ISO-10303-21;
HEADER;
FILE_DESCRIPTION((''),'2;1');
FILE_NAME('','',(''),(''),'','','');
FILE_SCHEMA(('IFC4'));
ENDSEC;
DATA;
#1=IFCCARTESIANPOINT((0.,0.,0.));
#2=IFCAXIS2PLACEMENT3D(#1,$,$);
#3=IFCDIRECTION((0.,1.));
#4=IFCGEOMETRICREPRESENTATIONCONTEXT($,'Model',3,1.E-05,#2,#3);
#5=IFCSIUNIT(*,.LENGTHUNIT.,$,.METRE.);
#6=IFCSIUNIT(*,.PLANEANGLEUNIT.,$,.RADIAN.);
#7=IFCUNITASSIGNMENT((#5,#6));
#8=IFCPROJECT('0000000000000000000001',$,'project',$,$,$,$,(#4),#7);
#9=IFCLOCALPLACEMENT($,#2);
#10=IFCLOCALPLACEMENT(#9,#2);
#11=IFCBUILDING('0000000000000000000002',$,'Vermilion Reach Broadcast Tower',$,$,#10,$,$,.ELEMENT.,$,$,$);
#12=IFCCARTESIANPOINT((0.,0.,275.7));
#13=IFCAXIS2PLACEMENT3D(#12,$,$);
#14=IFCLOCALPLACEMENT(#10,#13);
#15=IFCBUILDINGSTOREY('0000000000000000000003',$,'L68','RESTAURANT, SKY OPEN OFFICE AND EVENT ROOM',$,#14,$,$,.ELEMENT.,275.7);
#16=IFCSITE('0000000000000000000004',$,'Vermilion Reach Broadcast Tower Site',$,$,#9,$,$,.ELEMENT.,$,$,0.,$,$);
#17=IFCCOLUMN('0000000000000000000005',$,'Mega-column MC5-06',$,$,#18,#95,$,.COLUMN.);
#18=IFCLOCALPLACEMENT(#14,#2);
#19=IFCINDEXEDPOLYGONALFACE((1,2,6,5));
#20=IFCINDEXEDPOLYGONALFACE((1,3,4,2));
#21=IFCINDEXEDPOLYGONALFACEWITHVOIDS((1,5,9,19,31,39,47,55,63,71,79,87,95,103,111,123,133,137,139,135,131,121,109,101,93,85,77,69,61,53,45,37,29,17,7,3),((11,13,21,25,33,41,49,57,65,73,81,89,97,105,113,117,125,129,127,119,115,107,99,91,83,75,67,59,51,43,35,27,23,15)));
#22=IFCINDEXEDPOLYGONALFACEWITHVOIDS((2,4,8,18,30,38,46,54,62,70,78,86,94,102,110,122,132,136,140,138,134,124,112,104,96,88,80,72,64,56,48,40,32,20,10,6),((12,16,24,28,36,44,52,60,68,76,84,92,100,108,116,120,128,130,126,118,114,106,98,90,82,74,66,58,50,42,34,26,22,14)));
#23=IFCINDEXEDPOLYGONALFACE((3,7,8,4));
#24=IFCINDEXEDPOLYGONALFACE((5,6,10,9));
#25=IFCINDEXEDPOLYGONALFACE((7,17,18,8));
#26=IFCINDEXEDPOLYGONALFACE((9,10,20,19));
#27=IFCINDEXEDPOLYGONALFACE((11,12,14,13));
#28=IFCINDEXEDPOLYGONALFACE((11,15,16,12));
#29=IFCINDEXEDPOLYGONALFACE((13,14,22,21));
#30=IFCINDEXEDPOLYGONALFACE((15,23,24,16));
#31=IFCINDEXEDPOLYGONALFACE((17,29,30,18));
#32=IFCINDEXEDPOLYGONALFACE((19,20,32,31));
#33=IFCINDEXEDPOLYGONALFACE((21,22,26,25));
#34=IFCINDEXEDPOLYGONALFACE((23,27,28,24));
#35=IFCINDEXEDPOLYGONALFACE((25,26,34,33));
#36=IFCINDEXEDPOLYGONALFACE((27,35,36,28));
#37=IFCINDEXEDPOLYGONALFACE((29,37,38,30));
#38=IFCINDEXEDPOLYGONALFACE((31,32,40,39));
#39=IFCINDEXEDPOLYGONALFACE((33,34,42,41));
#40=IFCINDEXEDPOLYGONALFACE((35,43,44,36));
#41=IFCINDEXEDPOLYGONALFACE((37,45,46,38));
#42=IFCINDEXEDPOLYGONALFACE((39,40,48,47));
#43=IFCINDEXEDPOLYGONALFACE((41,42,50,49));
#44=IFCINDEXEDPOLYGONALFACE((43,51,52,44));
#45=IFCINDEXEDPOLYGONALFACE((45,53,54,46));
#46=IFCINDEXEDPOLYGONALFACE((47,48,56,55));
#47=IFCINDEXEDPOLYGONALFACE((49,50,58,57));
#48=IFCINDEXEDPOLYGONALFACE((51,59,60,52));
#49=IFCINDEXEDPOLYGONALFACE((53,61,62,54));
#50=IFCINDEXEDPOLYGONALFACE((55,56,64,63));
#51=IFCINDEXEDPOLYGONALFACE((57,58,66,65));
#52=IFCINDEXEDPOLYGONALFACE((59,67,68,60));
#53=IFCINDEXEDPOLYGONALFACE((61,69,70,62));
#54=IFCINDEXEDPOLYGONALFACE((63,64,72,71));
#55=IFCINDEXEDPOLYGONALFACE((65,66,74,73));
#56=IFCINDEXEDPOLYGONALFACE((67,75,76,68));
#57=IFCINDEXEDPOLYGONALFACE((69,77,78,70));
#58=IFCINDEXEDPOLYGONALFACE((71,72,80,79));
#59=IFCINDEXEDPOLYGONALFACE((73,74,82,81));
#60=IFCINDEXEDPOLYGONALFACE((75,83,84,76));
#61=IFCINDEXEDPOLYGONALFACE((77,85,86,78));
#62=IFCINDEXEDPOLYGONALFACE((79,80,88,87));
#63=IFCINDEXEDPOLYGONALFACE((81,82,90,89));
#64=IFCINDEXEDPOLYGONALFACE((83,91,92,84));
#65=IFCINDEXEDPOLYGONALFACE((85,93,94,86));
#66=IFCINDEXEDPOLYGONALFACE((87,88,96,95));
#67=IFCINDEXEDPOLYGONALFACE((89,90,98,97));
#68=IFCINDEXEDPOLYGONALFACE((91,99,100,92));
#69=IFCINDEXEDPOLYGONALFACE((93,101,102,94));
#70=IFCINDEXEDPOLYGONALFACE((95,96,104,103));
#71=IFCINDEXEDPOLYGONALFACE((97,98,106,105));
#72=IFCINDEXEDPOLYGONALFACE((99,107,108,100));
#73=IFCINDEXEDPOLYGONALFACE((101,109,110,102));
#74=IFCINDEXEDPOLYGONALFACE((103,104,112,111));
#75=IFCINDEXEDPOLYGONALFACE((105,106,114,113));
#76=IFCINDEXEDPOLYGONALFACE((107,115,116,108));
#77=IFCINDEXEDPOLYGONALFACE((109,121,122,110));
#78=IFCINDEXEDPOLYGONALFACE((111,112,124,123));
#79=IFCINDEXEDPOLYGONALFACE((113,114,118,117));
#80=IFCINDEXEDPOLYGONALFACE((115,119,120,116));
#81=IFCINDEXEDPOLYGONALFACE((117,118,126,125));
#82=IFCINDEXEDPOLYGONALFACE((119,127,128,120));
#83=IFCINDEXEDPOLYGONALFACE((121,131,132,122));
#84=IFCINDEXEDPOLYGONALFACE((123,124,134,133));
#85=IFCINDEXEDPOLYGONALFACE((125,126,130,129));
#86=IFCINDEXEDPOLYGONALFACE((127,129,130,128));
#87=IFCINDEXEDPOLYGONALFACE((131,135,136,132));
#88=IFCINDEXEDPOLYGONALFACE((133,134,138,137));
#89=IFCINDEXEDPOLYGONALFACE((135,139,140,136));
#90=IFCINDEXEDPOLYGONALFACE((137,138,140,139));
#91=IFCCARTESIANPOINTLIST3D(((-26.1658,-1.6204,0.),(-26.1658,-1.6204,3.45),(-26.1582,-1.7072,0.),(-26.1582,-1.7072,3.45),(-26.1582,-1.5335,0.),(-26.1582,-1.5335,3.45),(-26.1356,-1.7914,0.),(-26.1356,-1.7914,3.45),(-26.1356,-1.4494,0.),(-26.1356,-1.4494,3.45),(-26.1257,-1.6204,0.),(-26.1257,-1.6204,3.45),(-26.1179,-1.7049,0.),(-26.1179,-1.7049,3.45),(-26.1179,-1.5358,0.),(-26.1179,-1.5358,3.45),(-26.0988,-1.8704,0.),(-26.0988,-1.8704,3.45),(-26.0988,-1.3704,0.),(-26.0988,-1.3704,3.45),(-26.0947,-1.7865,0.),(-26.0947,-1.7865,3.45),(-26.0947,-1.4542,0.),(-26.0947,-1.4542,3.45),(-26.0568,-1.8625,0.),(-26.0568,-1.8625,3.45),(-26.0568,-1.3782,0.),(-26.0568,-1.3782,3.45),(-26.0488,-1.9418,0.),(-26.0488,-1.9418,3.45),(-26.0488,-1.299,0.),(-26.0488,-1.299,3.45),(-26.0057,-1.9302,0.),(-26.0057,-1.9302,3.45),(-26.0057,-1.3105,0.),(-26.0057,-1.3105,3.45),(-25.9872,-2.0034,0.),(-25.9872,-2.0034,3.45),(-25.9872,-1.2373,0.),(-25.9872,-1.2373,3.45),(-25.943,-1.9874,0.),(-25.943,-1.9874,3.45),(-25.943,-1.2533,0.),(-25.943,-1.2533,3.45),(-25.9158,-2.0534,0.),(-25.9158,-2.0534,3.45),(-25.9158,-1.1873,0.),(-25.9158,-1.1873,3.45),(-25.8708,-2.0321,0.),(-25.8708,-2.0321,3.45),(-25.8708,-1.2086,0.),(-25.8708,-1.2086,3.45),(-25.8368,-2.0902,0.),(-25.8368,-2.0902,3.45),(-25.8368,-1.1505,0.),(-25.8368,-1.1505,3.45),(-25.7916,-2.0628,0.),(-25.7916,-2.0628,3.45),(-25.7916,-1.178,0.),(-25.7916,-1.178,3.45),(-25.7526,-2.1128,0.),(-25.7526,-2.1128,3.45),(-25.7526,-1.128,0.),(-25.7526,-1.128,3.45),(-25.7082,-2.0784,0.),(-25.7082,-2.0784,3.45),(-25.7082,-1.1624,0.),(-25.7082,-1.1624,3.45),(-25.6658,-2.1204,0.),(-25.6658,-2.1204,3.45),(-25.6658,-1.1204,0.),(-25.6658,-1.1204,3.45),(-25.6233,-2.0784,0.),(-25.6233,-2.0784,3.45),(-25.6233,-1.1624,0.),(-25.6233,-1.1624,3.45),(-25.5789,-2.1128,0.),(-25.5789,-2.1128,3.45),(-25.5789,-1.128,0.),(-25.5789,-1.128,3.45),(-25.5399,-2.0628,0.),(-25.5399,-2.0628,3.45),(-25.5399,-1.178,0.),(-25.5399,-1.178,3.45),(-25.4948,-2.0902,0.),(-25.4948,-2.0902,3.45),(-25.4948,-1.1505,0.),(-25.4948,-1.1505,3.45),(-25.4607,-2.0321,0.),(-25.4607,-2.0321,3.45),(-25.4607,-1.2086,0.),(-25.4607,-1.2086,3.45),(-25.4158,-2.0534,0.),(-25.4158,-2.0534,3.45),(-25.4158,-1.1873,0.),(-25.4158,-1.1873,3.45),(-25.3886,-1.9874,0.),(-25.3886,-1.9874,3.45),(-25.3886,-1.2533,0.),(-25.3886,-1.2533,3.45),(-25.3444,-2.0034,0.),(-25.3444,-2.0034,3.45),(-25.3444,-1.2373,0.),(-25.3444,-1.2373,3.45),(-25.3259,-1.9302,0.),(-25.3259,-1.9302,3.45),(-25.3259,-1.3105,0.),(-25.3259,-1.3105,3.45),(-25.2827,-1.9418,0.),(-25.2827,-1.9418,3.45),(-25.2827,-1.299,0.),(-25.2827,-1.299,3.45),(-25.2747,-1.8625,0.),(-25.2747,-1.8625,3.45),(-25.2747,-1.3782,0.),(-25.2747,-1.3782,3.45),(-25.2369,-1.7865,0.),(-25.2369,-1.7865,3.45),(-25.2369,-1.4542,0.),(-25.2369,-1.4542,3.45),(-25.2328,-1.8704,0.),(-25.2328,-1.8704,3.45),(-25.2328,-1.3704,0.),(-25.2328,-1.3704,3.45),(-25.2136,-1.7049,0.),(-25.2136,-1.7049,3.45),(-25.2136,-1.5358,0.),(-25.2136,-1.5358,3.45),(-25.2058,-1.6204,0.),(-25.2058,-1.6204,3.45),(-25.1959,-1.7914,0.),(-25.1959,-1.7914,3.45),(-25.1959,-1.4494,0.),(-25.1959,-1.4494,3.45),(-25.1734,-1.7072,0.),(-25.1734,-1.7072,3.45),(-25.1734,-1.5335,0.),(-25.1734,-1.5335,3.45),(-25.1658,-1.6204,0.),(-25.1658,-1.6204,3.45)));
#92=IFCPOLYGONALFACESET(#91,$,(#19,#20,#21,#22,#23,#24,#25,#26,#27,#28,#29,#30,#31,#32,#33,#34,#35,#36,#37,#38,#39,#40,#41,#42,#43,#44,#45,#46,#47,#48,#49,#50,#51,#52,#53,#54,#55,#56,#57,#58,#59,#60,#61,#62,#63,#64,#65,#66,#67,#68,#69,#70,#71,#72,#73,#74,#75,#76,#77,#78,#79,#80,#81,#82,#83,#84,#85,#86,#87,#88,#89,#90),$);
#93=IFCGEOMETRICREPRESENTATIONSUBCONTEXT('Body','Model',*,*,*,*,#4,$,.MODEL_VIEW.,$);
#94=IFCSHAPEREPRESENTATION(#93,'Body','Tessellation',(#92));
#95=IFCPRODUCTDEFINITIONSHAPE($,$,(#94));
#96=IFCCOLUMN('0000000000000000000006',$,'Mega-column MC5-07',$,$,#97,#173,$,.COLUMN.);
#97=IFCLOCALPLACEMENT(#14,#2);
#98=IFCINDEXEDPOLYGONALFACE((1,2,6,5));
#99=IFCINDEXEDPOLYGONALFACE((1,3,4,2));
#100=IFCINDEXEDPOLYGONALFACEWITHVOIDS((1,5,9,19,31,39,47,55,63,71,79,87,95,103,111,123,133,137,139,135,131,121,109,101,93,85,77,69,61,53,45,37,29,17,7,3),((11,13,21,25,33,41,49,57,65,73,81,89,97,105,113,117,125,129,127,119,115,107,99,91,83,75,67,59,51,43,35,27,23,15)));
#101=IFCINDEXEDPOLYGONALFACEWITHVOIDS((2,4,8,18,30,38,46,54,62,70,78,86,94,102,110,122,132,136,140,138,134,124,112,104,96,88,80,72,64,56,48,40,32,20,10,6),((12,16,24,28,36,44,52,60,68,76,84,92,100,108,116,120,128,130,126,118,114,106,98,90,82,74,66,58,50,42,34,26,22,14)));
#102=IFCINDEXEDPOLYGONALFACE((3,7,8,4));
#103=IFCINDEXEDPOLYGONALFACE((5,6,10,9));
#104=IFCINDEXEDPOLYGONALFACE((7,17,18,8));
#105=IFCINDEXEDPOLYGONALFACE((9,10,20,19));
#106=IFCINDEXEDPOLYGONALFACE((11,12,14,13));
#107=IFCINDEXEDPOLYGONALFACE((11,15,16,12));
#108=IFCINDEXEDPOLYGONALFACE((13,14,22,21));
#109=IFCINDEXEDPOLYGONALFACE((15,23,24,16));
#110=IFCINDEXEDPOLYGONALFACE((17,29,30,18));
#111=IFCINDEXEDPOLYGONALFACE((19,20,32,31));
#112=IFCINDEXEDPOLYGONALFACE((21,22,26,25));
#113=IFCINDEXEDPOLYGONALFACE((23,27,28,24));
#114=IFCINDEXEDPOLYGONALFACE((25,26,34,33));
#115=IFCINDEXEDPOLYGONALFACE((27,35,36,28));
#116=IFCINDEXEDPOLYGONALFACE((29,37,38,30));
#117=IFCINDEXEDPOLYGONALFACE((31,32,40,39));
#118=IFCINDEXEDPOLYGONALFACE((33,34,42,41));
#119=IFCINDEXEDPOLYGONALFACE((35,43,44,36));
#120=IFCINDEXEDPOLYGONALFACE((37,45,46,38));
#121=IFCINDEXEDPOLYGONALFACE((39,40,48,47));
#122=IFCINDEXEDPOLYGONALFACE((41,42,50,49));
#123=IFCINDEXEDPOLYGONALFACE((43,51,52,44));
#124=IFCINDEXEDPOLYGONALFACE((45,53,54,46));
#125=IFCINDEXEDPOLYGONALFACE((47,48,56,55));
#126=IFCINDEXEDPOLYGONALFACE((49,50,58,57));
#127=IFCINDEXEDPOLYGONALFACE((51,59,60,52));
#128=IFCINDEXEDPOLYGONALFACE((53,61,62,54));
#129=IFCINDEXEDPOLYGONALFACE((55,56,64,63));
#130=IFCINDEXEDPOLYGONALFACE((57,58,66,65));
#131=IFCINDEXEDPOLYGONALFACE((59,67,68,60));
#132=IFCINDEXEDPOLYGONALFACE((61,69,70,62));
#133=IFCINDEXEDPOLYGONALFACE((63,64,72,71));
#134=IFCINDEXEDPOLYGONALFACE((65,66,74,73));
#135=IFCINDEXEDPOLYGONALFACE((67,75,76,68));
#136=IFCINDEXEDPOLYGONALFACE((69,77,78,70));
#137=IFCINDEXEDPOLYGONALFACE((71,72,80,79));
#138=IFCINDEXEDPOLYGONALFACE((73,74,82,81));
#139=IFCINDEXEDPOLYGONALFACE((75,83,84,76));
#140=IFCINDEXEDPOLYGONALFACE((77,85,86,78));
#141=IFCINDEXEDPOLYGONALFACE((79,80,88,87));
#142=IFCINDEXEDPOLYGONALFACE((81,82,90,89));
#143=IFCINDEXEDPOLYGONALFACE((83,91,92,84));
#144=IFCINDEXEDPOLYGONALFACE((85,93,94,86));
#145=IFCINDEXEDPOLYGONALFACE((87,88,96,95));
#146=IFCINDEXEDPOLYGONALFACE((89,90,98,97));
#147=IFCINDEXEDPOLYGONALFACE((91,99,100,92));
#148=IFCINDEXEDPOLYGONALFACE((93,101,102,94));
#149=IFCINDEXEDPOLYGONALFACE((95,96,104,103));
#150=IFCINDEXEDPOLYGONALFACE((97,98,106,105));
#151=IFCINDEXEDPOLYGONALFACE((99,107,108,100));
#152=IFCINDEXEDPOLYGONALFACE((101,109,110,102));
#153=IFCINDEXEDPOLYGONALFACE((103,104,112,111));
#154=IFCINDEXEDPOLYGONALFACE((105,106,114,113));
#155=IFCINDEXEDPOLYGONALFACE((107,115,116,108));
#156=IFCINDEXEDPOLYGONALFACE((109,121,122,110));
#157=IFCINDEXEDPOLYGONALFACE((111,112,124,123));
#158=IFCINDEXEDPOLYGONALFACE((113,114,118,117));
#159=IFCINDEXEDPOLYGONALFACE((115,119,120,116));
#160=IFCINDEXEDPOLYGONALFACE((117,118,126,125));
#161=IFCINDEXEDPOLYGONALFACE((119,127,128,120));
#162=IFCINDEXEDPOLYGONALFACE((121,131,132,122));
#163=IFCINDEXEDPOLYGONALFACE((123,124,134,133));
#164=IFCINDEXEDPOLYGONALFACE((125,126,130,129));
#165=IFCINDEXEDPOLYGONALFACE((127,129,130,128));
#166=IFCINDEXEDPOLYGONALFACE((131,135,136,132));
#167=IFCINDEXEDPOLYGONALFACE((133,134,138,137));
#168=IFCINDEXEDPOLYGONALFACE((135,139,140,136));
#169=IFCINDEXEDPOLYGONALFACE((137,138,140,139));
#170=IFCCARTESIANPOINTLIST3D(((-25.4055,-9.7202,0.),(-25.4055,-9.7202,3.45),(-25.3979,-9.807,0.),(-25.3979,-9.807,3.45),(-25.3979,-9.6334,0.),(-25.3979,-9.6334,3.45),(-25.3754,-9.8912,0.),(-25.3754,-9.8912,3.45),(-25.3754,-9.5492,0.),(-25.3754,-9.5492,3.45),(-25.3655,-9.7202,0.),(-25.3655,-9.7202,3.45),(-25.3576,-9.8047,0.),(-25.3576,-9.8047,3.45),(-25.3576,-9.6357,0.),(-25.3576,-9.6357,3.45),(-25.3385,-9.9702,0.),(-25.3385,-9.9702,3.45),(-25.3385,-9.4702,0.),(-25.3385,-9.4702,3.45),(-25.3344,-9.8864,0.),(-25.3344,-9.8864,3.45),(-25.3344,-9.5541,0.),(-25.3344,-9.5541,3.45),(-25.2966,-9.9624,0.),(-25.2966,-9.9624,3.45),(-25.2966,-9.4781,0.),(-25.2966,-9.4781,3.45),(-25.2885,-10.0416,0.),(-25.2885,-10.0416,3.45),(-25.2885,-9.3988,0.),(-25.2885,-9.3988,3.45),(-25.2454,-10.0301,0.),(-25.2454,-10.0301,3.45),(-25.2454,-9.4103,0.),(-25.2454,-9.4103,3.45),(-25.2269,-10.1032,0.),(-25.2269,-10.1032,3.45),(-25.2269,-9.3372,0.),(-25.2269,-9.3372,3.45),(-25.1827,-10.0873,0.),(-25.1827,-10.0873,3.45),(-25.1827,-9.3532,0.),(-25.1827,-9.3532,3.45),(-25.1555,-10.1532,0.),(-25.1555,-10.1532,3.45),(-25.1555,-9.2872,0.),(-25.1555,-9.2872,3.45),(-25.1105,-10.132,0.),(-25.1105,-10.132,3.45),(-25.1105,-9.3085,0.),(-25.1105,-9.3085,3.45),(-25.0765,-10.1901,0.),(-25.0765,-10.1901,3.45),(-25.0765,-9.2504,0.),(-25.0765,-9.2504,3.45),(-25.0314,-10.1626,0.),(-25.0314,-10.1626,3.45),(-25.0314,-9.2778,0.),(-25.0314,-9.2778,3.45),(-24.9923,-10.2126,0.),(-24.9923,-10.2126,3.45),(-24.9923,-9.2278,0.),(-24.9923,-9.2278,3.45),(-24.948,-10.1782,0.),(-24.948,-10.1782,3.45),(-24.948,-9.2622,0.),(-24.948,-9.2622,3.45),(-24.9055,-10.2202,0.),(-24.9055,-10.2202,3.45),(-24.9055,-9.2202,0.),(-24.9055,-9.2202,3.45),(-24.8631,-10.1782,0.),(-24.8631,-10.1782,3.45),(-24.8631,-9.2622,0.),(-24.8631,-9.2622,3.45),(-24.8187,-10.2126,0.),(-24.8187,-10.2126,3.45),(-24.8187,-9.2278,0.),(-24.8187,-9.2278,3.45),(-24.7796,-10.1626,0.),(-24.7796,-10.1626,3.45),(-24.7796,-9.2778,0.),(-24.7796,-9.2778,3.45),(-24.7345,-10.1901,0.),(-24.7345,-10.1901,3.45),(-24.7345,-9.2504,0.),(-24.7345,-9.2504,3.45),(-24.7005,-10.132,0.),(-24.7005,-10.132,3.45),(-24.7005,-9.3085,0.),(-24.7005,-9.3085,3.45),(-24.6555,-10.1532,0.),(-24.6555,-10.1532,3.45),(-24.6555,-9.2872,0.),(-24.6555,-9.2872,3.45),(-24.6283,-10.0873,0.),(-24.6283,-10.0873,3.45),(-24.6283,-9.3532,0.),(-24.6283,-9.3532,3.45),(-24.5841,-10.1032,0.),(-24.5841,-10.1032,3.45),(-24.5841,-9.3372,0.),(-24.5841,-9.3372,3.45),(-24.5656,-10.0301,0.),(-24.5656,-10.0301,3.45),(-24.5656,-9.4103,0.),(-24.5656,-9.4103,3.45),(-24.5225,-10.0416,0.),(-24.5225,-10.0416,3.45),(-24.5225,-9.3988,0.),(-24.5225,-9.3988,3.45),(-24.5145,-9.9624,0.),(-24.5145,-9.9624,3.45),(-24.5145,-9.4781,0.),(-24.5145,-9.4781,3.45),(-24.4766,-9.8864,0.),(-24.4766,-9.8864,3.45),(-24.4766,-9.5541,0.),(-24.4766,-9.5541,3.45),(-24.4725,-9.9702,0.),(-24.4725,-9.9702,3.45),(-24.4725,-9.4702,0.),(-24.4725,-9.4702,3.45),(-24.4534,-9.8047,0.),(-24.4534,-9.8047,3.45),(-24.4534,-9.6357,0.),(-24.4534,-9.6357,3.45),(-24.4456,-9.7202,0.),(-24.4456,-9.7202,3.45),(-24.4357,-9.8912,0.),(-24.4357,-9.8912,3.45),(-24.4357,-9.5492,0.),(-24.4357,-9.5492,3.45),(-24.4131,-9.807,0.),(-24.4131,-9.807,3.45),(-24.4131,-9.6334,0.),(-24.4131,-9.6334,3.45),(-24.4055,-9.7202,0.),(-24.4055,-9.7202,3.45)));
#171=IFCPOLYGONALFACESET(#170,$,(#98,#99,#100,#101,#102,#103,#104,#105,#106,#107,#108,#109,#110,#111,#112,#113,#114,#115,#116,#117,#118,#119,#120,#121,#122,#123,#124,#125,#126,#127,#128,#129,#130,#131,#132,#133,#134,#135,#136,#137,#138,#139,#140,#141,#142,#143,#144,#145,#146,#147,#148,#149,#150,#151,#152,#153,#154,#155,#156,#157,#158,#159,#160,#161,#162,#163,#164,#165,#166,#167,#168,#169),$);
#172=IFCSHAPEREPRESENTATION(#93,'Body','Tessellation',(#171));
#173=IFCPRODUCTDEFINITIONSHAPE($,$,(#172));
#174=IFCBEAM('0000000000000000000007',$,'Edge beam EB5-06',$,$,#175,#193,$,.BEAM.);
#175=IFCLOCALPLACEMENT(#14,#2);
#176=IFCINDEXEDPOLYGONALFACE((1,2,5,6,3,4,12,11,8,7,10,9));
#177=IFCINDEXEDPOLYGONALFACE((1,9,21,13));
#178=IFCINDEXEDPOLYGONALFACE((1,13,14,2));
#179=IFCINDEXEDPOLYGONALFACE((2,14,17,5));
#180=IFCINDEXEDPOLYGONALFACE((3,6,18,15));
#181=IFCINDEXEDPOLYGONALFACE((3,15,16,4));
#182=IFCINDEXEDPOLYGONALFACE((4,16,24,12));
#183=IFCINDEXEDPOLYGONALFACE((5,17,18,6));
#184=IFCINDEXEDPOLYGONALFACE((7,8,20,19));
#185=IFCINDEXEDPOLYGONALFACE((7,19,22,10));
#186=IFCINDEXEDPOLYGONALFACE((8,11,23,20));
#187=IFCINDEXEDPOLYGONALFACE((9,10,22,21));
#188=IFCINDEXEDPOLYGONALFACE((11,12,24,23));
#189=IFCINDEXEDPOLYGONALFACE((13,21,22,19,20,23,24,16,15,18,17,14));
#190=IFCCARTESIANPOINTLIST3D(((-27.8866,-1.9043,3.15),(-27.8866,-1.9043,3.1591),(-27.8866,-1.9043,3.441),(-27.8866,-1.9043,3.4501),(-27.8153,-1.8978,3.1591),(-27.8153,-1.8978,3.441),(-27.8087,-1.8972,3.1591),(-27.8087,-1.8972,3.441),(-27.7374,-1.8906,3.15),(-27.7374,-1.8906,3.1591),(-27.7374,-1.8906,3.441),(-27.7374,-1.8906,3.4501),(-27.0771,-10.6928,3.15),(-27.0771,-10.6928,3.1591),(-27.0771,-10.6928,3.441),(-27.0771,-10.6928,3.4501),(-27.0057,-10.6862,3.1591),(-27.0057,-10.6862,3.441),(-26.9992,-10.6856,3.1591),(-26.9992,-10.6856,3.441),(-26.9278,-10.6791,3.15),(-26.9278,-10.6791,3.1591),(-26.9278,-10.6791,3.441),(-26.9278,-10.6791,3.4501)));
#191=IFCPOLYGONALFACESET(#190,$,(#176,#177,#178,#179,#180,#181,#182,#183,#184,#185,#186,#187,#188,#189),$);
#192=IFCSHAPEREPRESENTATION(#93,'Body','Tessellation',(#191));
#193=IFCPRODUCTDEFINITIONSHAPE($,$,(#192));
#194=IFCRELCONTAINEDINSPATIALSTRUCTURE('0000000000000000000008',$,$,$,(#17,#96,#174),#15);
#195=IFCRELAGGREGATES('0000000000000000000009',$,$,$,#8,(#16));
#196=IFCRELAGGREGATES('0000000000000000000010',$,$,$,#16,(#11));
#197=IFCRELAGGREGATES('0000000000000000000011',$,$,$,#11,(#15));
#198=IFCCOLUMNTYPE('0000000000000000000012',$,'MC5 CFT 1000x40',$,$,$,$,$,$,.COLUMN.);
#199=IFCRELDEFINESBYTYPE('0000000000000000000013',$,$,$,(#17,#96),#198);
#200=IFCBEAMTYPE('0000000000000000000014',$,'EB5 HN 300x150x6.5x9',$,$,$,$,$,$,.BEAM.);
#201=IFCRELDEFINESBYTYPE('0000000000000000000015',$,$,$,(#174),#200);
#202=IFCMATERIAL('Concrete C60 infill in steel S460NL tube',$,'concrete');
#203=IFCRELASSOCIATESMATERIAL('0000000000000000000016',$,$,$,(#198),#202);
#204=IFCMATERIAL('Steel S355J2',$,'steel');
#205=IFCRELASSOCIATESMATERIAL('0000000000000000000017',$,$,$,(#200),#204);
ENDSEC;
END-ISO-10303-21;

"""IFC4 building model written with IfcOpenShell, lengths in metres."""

from ifc_helpers import new_model, si_unit, direction, frame, origin, origin_2d, place, context, subcontext, project, spatial, hollow_circle, i_section, extrude, material, material_profile, profile_set, type_object, element, save


model = new_model("IFC4")

# Units and contexts
model_context = context("Model", 3, precision=1e-05, world=origin(), true_north=direction((0.0, 1.0)))
body_context = subcontext(model_context, "Body", "Model", "MODEL_VIEW")
ifc_project = project(units=[si_unit("LENGTHUNIT", "METRE"), si_unit("PLANEANGLEUNIT", "RADIAN")], contexts=[model_context])

# Site, building, storey
site_placement = place(None, origin())
site = spatial("IfcSite", under=ifc_project, at=site_placement, Name="Vermilion Reach Broadcast Tower Site", CompositionType="ELEMENT", RefElevation=0.0)
building_placement = place(site_placement, origin())
building = spatial("IfcBuilding", under=site, at=building_placement, Name="Vermilion Reach Broadcast Tower", CompositionType="ELEMENT")
storey_placement = place(building_placement, frame((0.0, 0.0, 275.7)))
storey = spatial("IfcBuildingStorey", under=building, at=storey_placement, Name="L68", Description="RESTAURANT, SKY OPEN OFFICE AND EVENT ROOM", CompositionType="ELEMENT", Elevation=275.7)

# Columns
ifc_material_1 = material(Name="Concrete C60 infill in steel S460NL tube", Category="concrete")
ifc_material_profile_1 = material_profile(ifc_material_1, hollow_circle(Radius=0.5, WallThickness=0.04, at=origin_2d()), Name="Concrete C60 infill in steel S460NL tube CFT 1000x40")
ifc_profile_set_1 = profile_set([ifc_material_profile_1], Name="Concrete C60 infill in steel S460NL tube")
column_type = type_object("IfcColumnType", Name="MC5 CFT 1000x40", PredefinedType="COLUMN", material=ifc_profile_set_1)
for number, where, z_axis, x_axis, name in (
    (1, (-25.6658, -1.6204, 0.0), (0.0, 0.0, 1.0), (1.0, 0.0, 0.0), "Mega-column MC5-06"),
    (2, (-24.9055, -9.7202, 0.0), (0.0, 0.0, 1.0), (1.0, 0.0, 0.0), "Mega-column MC5-07"),
):
    element("IfcColumn", number, at=place(storey_placement, frame(where, z_axis=z_axis, x_axis=x_axis)), inside=storey, type_object=column_type, Name=name, PredefinedType="COLUMN", context=body_context, shape_type="SweptSolid", body=[
        extrude(hollow_circle(Radius=0.5, WallThickness=0.04, at=origin_2d()), origin(), (0.0, 0.0, 1.0), 3.45),
    ])

# Beam
ifc_material_2 = material(Name="Steel S355J2", Category="steel")
ifc_material_profile_2 = material_profile(ifc_material_2, i_section(OverallWidth=0.1499, OverallDepth=0.3, WebThickness=0.0066, FlangeThickness=0.009, at=origin_2d()), Name="S355J2 HN 300x150x6.5x9")
ifc_profile_set_2 = profile_set([ifc_material_profile_2], Name="Steel S355J2")
beam_type_1 = type_object("IfcBeamType", Name="EB5 HN 300x150x6.5x9", PredefinedType="BEAM", material=ifc_profile_set_2)
beam_1_placement = place(storey_placement, frame((-27.812, -1.8975, 3.3), z_axis=(0.091728, -0.995784, 0.0), x_axis=(0.995784, 0.091728, 0.0)))
element("IfcBeam", 3, at=beam_1_placement, inside=storey, type_object=beam_type_1, Name="Edge beam EB5-06", PredefinedType="BEAM", context=body_context, shape_type="SweptSolid", body=[
    extrude(i_section(OverallWidth=0.1499, OverallDepth=0.3, WebThickness=0.0066, FlangeThickness=0.009, at=origin_2d()), origin(), (0.0, 0.0, 1.0), 8.8257),
])

save(model, "model.ifc")
